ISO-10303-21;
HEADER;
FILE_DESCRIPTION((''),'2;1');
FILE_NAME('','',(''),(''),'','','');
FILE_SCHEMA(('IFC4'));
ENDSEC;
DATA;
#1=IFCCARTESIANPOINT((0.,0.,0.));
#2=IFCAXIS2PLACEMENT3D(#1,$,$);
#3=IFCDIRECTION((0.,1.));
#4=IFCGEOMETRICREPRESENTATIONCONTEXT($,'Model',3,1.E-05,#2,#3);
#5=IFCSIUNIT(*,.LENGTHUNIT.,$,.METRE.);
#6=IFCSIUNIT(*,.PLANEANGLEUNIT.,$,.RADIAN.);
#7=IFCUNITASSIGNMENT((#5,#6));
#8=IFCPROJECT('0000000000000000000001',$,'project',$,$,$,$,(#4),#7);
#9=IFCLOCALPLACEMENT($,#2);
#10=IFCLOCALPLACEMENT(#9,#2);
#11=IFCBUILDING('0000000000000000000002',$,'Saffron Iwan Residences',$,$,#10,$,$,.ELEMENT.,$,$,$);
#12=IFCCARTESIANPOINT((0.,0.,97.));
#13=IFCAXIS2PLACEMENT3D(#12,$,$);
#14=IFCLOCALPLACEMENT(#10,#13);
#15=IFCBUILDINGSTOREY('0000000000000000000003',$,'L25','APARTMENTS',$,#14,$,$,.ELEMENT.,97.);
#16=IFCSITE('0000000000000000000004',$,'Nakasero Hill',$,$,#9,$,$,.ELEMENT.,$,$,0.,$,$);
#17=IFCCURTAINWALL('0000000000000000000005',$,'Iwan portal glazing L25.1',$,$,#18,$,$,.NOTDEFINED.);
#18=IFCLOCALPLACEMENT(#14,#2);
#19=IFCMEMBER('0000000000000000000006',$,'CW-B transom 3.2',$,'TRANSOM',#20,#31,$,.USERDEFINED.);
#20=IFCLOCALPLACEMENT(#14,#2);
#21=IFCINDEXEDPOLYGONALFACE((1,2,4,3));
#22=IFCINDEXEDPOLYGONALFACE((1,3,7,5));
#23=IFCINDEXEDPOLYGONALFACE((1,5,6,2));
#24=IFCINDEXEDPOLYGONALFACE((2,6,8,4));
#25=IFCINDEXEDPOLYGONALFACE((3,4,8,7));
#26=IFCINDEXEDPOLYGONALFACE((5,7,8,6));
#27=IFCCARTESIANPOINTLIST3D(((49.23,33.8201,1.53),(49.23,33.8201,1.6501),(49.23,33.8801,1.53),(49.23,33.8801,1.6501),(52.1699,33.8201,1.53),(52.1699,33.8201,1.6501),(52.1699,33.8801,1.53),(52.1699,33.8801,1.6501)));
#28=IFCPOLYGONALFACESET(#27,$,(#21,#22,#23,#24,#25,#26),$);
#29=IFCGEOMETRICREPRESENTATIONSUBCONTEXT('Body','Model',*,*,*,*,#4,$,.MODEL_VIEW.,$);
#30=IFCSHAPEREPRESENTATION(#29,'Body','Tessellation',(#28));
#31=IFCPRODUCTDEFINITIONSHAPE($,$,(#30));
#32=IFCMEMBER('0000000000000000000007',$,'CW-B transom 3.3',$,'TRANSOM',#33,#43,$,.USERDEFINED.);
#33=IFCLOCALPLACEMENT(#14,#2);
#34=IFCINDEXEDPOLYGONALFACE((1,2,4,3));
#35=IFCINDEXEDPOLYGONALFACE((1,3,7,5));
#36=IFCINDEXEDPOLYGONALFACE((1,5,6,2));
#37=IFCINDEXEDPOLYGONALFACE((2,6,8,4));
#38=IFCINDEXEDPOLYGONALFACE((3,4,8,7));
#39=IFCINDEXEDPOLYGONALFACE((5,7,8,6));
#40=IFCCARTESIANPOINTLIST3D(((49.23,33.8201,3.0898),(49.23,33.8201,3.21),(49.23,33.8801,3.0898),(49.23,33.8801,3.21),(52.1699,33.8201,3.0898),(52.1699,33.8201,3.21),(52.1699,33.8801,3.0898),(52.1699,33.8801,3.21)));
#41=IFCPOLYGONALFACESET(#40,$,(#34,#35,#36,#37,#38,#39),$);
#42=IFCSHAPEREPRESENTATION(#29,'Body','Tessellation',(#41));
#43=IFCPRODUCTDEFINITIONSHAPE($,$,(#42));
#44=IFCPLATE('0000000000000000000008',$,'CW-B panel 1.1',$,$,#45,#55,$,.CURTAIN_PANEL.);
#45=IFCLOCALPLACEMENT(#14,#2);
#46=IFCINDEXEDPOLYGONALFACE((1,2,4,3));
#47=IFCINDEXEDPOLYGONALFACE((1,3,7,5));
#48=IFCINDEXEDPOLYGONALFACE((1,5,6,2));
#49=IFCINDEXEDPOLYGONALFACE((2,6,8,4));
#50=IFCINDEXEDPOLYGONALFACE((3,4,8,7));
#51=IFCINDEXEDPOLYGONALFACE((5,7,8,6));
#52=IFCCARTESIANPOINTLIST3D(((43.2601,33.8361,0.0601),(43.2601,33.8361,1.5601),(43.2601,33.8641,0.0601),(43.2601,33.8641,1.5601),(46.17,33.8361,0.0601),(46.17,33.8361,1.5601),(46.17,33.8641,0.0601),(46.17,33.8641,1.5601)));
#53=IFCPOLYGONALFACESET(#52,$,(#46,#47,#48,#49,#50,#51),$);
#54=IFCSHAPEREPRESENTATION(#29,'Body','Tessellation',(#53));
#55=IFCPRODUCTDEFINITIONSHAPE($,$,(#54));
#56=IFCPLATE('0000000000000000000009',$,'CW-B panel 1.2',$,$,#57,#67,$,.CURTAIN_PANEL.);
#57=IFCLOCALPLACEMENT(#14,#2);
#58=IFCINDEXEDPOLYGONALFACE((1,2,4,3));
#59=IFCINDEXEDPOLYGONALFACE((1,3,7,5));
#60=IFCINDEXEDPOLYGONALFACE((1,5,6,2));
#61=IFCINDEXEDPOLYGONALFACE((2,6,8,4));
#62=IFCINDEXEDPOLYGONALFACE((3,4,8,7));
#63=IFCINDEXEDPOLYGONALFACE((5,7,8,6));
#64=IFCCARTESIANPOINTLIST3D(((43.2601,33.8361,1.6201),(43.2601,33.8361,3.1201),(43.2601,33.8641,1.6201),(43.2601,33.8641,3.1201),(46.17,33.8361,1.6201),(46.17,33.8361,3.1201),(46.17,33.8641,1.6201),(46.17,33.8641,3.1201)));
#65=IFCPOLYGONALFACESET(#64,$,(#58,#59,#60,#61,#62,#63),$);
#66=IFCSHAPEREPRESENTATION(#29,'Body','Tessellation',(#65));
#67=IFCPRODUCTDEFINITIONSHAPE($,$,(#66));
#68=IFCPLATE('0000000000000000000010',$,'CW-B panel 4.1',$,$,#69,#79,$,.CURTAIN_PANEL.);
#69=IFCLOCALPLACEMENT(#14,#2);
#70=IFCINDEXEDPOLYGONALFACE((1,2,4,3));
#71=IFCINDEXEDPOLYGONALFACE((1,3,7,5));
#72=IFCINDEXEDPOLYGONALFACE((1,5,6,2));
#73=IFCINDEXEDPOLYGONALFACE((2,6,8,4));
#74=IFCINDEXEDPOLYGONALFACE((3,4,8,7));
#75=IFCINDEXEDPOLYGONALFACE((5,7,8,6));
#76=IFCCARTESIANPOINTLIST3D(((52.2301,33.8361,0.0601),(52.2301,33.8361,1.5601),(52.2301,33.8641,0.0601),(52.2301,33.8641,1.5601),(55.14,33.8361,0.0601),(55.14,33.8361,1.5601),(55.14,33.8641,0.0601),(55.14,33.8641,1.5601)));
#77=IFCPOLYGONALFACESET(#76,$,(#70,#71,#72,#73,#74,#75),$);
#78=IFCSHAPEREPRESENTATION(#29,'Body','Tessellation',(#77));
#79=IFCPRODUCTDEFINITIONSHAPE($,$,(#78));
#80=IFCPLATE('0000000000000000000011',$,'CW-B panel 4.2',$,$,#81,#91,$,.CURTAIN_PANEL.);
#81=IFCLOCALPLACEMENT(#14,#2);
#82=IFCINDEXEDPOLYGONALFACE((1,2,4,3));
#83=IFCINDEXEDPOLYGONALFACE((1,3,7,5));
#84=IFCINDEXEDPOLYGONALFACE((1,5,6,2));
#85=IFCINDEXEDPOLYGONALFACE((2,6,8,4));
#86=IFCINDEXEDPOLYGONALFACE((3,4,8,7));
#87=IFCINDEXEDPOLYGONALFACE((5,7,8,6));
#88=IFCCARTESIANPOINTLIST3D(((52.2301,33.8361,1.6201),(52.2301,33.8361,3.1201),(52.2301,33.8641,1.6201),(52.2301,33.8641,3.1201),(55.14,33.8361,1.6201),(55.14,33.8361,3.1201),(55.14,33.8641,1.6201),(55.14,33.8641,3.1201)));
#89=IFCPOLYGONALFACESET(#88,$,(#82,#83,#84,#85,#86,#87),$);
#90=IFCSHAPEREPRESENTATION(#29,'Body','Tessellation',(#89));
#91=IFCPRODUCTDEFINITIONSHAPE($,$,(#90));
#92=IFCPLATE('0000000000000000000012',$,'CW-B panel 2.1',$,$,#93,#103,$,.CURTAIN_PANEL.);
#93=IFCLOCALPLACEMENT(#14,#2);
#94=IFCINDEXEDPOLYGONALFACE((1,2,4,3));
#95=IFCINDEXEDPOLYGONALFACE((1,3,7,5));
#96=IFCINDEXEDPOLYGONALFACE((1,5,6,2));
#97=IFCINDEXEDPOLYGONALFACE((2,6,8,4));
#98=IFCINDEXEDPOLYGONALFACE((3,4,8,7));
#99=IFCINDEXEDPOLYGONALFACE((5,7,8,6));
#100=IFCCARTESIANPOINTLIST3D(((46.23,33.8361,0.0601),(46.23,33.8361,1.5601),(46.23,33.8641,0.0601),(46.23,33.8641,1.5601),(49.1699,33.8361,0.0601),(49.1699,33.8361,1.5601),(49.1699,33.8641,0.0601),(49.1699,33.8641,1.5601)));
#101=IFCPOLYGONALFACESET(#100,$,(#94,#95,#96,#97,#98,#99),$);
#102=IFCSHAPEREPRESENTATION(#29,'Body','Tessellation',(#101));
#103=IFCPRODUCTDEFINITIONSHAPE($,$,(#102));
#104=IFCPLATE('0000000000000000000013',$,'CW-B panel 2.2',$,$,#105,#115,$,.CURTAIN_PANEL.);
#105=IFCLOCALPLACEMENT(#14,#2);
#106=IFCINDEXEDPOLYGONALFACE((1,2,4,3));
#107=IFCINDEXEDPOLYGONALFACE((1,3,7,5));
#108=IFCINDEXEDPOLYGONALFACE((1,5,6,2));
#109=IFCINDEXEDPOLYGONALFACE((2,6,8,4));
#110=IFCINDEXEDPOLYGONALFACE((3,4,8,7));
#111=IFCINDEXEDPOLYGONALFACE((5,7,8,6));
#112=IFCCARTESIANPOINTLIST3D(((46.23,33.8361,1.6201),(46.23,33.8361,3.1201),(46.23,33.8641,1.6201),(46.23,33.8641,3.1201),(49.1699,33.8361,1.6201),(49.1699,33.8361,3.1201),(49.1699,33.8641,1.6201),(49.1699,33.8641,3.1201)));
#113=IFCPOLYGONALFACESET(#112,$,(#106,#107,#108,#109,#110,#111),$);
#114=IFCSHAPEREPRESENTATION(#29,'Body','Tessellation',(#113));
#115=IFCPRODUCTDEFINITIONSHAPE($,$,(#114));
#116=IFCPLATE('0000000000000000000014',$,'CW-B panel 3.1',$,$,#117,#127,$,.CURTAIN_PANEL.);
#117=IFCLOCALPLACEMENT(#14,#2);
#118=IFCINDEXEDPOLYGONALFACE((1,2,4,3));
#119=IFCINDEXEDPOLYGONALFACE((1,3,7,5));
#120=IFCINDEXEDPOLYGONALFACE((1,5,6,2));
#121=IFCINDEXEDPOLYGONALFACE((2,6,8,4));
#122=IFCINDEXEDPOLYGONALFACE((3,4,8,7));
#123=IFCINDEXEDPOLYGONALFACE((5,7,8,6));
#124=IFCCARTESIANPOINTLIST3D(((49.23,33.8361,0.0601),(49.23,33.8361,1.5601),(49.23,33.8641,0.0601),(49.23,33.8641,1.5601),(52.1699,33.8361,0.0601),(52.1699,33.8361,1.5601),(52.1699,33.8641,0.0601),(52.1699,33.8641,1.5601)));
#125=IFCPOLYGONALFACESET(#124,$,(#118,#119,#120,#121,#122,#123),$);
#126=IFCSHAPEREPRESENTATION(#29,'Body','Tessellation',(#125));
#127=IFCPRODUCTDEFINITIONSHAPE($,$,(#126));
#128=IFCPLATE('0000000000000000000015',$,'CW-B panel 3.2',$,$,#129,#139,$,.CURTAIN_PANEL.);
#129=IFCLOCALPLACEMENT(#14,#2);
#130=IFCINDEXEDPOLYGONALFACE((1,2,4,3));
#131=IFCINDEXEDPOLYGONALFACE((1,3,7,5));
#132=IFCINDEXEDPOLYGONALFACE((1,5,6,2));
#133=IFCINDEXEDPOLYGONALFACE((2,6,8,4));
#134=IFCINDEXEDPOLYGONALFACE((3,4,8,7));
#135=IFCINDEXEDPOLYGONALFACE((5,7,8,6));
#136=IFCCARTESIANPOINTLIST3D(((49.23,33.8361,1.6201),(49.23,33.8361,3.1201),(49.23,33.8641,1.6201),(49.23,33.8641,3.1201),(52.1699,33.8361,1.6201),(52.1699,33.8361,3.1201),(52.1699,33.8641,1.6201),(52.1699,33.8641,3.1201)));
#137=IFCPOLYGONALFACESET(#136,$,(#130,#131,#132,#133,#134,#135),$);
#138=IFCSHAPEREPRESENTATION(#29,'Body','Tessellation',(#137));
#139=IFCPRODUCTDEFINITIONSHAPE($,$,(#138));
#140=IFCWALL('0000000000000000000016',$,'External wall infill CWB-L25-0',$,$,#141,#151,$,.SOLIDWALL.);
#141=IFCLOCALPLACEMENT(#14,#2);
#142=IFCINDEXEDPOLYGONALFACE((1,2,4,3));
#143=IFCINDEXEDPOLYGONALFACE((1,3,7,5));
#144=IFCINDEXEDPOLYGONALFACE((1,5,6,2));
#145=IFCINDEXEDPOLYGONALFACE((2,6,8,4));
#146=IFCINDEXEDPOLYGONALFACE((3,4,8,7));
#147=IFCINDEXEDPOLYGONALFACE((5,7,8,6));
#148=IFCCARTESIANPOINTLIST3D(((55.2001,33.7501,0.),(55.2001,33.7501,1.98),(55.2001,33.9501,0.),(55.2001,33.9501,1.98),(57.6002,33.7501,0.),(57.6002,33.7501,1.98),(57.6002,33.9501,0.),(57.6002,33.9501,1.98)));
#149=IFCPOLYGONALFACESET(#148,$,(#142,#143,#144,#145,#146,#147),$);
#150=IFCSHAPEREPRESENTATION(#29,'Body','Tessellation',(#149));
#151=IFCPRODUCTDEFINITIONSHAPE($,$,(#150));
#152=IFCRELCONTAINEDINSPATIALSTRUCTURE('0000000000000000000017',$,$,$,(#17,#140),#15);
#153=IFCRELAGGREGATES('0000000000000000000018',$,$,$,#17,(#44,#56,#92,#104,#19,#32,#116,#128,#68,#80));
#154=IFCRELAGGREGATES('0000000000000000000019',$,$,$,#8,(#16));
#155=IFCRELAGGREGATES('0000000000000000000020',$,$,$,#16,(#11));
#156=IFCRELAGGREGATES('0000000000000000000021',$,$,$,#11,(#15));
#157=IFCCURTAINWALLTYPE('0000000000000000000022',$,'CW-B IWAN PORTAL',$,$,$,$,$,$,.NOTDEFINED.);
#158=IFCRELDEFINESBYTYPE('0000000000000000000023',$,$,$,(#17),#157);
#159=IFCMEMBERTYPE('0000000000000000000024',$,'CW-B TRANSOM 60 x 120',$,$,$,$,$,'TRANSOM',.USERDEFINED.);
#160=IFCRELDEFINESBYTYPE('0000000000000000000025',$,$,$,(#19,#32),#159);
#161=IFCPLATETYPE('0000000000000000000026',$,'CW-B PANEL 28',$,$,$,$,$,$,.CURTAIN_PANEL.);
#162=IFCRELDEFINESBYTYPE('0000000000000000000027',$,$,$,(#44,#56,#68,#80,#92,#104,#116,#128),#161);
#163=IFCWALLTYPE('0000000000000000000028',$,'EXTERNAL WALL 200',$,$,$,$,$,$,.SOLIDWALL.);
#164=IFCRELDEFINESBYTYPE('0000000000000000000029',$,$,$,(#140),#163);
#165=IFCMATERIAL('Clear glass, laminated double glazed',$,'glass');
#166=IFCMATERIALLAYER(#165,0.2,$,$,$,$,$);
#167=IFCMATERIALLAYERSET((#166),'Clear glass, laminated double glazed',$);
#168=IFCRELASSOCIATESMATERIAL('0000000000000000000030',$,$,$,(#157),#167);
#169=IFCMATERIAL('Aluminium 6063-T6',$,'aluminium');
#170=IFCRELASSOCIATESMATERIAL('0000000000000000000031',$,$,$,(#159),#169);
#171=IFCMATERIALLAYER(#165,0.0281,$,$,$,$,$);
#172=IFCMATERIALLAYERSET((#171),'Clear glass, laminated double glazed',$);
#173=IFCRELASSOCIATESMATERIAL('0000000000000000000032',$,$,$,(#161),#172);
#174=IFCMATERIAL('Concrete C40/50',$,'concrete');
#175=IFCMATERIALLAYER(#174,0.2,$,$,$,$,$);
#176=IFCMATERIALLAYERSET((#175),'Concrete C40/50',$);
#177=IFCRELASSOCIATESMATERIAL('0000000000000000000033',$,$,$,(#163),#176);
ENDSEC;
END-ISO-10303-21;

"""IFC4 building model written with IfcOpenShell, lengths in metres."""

from ifc_helpers import new_model, si_unit, direction, frame, frame_2d, origin, origin_2d, place, context, subcontext, project, spatial, rectangle, extrude, source, transform, mapped, material, layer, layer_set, material_profile, profile_set, type_object, element, aggregate, save


model = new_model("IFC4")

# Units and contexts
model_context = context("Model", 3, precision=1e-05, world=origin(), true_north=direction((0.0, 1.0)))
body_context = subcontext(model_context, "Body", "Model", "MODEL_VIEW")
ifc_project = project(units=[si_unit("LENGTHUNIT", "METRE"), si_unit("PLANEANGLEUNIT", "RADIAN")], contexts=[model_context])

# Site, building, storey
site_placement = place(None, origin())
site = spatial("IfcSite", under=ifc_project, at=site_placement, Name="Nakasero Hill", CompositionType="ELEMENT", RefElevation=0.0)
building_placement = place(site_placement, origin())
building = spatial("IfcBuilding", under=site, at=building_placement, Name="Saffron Iwan Residences", CompositionType="ELEMENT")
storey_placement = place(building_placement, frame((0.0, 0.0, 97.0)))
storey = spatial("IfcBuildingStorey", under=building, at=storey_placement, Name="L25", Description="APARTMENTS", CompositionType="ELEMENT", Elevation=97.0)

# Curtain wall, members, plates
ifc_material_1 = material(Name="Clear glass, laminated double glazed", Category="glass")
ifc_layer_1 = layer(ifc_material_1, 0.2)
ifc_layer_set_1 = layer_set([ifc_layer_1], Name="Clear glass, laminated double glazed")
curtain_wall_type = type_object("IfcCurtainWallType", Name="CW-B IWAN PORTAL", PredefinedType="NOTDEFINED", material=ifc_layer_set_1)
curtain_wall_placement = place(storey_placement, origin())
curtain_wall = element("IfcCurtainWall", 1, at=curtain_wall_placement, inside=storey, type_object=curtain_wall_type, Name="Iwan portal glazing L25.1", PredefinedType="NOTDEFINED")
ifc_material_2 = material(Name="Aluminium 6063-T6", Category="aluminium")
ifc_material_profile_1 = material_profile(ifc_material_2, rectangle(XDim=0.0601, YDim=0.1201, at=origin_2d()), Name="CW-B TRANSOM 60 x 120")
ifc_profile_set_1 = profile_set([ifc_material_profile_1], Name="Aluminium 6063-T6")
member_type_1 = type_object("IfcMemberType", Name="CW-B TRANSOM 60 x 120", ElementType="TRANSOM", PredefinedType="USERDEFINED", material=ifc_profile_set_1)
shared_shape_1 = source(origin(), body_context, "Body", "SweptSolid", [
    extrude(rectangle(XDim=0.0601, YDim=0.1201, at=origin_2d()), origin(), (0.0, 0.0, 1.0), 2.9399),
])
member_1_placement = place(storey_placement, frame((49.23, 33.8501, 1.5901), z_axis=(1.0, 0.0, 0.0), x_axis=(0.0, 1.0, 0.0)))
member_1 = element("IfcMember", 2, at=member_1_placement, type_object=member_type_1, Name="CW-B transom 3.2", ObjectType="TRANSOM", PredefinedType="USERDEFINED", context=body_context, shape_type="MappedRepresentation", body=[
    mapped(shared_shape_1, transform((0.0, 0.0, 0.0))),
])
member_2_placement = place(storey_placement, frame((49.23, 33.8501, 3.1499), z_axis=(1.0, 0.0, 0.0), x_axis=(0.0, 1.0, 0.0)))
member_2 = element("IfcMember", 3, at=member_2_placement, type_object=member_type_1, Name="CW-B transom 3.3", ObjectType="TRANSOM", PredefinedType="USERDEFINED", context=body_context, shape_type="MappedRepresentation", body=[
    mapped(shared_shape_1, transform((0.0, 0.0, 0.0))),
])
ifc_layer_2 = layer(ifc_material_1, 0.0281)
ifc_layer_set_2 = layer_set([ifc_layer_2], Name="Clear glass, laminated double glazed")
plate_type = type_object("IfcPlateType", Name="CW-B PANEL 28", PredefinedType="CURTAIN_PANEL", material=ifc_layer_set_2)
shared_shape_2 = source(origin(), body_context, "Body", "SweptSolid", [
    extrude(rectangle(XDim=2.9099, YDim=0.0281, at=origin_2d()), origin(), (0.0, 0.0, 1.0), 1.5),
])
plate_1_placement = place(storey_placement, frame((44.7151, 33.8501, 0.0601), z_axis=(0.0, 0.0, 1.0), x_axis=(1.0, 0.0, 0.0)))
plate_1 = element("IfcPlate", 4, at=plate_1_placement, type_object=plate_type, Name="CW-B panel 1.1", PredefinedType="CURTAIN_PANEL", context=body_context, shape_type="MappedRepresentation", body=[
    mapped(shared_shape_2, transform((0.0, 0.0, 0.0))),
])
plate_2_placement = place(storey_placement, frame((44.7151, 33.8501, 1.6201), z_axis=(0.0, 0.0, 1.0), x_axis=(1.0, 0.0, 0.0)))
plate_2 = element("IfcPlate", 5, at=plate_2_placement, type_object=plate_type, Name="CW-B panel 1.2", PredefinedType="CURTAIN_PANEL", context=body_context, shape_type="MappedRepresentation", body=[
    mapped(shared_shape_2, transform((0.0, 0.0, 0.0))),
])
plate_3_placement = place(storey_placement, frame((53.6851, 33.8501, 0.0601), z_axis=(0.0, 0.0, 1.0), x_axis=(1.0, 0.0, 0.0)))
plate_3 = element("IfcPlate", 6, at=plate_3_placement, type_object=plate_type, Name="CW-B panel 4.1", PredefinedType="CURTAIN_PANEL", context=body_context, shape_type="MappedRepresentation", body=[
    mapped(shared_shape_2, transform((0.0, 0.0, 0.0))),
])
plate_4_placement = place(storey_placement, frame((53.6851, 33.8501, 1.6201), z_axis=(0.0, 0.0, 1.0), x_axis=(1.0, 0.0, 0.0)))
plate_4 = element("IfcPlate", 7, at=plate_4_placement, type_object=plate_type, Name="CW-B panel 4.2", PredefinedType="CURTAIN_PANEL", context=body_context, shape_type="MappedRepresentation", body=[
    mapped(shared_shape_2, transform((0.0, 0.0, 0.0))),
])
shared_shape_3 = source(origin(), body_context, "Body", "SweptSolid", [
    extrude(rectangle(XDim=2.9399, YDim=0.0281, at=origin_2d()), origin(), (0.0, 0.0, 1.0), 1.5),
])
plate_5_placement = place(storey_placement, frame((47.7, 33.8501, 0.0601), z_axis=(0.0, 0.0, 1.0), x_axis=(1.0, 0.0, 0.0)))
plate_5 = element("IfcPlate", 8, at=plate_5_placement, type_object=plate_type, Name="CW-B panel 2.1", PredefinedType="CURTAIN_PANEL", context=body_context, shape_type="MappedRepresentation", body=[
    mapped(shared_shape_3, transform((0.0, 0.0, 0.0))),
])
plate_6_placement = place(storey_placement, frame((47.7, 33.8501, 1.6201), z_axis=(0.0, 0.0, 1.0), x_axis=(1.0, 0.0, 0.0)))
plate_6 = element("IfcPlate", 9, at=plate_6_placement, type_object=plate_type, Name="CW-B panel 2.2", PredefinedType="CURTAIN_PANEL", context=body_context, shape_type="MappedRepresentation", body=[
    mapped(shared_shape_3, transform((0.0, 0.0, 0.0))),
])
plate_7_placement = place(storey_placement, frame((50.7, 33.8501, 0.0601), z_axis=(0.0, 0.0, 1.0), x_axis=(1.0, 0.0, 0.0)))
plate_7 = element("IfcPlate", 10, at=plate_7_placement, type_object=plate_type, Name="CW-B panel 3.1", PredefinedType="CURTAIN_PANEL", context=body_context, shape_type="MappedRepresentation", body=[
    mapped(shared_shape_3, transform((0.0, 0.0, 0.0))),
])
plate_8_placement = place(storey_placement, frame((50.7, 33.8501, 1.6201), z_axis=(0.0, 0.0, 1.0), x_axis=(1.0, 0.0, 0.0)))
plate_8 = element("IfcPlate", 11, at=plate_8_placement, type_object=plate_type, Name="CW-B panel 3.2", PredefinedType="CURTAIN_PANEL", context=body_context, shape_type="MappedRepresentation", body=[
    mapped(shared_shape_3, transform((0.0, 0.0, 0.0))),
])
aggregate(curtain_wall, [plate_1, plate_2, plate_5, plate_6, member_1, member_2, plate_7, plate_8, plate_3, plate_4])

# Wall
ifc_material_3 = material(Name="Concrete C40/50", Category="concrete")
ifc_layer_3 = layer(ifc_material_3, 0.2)
ifc_layer_set_3 = layer_set([ifc_layer_3], Name="Concrete C40/50")
wall_type = type_object("IfcWallType", Name="EXTERNAL WALL 200", PredefinedType="SOLIDWALL", material=ifc_layer_set_3)
wall_placement = place(storey_placement, frame((55.2, 33.8501, 0.0), z_axis=(0.0, 0.0, 1.0), x_axis=(1.0, 0.0, 0.0)))
element("IfcWall", 12, at=wall_placement, inside=storey, type_object=wall_type, Name="External wall infill CWB-L25-0", PredefinedType="SOLIDWALL", context=body_context, shape_type="SweptSolid", body=[
    extrude(rectangle(XDim=2.4001, YDim=0.2, at=frame_2d((1.2002, 0.0))), origin(), (0.0, 0.0, 1.0), 1.98),
])

save(model, "model.ifc")
